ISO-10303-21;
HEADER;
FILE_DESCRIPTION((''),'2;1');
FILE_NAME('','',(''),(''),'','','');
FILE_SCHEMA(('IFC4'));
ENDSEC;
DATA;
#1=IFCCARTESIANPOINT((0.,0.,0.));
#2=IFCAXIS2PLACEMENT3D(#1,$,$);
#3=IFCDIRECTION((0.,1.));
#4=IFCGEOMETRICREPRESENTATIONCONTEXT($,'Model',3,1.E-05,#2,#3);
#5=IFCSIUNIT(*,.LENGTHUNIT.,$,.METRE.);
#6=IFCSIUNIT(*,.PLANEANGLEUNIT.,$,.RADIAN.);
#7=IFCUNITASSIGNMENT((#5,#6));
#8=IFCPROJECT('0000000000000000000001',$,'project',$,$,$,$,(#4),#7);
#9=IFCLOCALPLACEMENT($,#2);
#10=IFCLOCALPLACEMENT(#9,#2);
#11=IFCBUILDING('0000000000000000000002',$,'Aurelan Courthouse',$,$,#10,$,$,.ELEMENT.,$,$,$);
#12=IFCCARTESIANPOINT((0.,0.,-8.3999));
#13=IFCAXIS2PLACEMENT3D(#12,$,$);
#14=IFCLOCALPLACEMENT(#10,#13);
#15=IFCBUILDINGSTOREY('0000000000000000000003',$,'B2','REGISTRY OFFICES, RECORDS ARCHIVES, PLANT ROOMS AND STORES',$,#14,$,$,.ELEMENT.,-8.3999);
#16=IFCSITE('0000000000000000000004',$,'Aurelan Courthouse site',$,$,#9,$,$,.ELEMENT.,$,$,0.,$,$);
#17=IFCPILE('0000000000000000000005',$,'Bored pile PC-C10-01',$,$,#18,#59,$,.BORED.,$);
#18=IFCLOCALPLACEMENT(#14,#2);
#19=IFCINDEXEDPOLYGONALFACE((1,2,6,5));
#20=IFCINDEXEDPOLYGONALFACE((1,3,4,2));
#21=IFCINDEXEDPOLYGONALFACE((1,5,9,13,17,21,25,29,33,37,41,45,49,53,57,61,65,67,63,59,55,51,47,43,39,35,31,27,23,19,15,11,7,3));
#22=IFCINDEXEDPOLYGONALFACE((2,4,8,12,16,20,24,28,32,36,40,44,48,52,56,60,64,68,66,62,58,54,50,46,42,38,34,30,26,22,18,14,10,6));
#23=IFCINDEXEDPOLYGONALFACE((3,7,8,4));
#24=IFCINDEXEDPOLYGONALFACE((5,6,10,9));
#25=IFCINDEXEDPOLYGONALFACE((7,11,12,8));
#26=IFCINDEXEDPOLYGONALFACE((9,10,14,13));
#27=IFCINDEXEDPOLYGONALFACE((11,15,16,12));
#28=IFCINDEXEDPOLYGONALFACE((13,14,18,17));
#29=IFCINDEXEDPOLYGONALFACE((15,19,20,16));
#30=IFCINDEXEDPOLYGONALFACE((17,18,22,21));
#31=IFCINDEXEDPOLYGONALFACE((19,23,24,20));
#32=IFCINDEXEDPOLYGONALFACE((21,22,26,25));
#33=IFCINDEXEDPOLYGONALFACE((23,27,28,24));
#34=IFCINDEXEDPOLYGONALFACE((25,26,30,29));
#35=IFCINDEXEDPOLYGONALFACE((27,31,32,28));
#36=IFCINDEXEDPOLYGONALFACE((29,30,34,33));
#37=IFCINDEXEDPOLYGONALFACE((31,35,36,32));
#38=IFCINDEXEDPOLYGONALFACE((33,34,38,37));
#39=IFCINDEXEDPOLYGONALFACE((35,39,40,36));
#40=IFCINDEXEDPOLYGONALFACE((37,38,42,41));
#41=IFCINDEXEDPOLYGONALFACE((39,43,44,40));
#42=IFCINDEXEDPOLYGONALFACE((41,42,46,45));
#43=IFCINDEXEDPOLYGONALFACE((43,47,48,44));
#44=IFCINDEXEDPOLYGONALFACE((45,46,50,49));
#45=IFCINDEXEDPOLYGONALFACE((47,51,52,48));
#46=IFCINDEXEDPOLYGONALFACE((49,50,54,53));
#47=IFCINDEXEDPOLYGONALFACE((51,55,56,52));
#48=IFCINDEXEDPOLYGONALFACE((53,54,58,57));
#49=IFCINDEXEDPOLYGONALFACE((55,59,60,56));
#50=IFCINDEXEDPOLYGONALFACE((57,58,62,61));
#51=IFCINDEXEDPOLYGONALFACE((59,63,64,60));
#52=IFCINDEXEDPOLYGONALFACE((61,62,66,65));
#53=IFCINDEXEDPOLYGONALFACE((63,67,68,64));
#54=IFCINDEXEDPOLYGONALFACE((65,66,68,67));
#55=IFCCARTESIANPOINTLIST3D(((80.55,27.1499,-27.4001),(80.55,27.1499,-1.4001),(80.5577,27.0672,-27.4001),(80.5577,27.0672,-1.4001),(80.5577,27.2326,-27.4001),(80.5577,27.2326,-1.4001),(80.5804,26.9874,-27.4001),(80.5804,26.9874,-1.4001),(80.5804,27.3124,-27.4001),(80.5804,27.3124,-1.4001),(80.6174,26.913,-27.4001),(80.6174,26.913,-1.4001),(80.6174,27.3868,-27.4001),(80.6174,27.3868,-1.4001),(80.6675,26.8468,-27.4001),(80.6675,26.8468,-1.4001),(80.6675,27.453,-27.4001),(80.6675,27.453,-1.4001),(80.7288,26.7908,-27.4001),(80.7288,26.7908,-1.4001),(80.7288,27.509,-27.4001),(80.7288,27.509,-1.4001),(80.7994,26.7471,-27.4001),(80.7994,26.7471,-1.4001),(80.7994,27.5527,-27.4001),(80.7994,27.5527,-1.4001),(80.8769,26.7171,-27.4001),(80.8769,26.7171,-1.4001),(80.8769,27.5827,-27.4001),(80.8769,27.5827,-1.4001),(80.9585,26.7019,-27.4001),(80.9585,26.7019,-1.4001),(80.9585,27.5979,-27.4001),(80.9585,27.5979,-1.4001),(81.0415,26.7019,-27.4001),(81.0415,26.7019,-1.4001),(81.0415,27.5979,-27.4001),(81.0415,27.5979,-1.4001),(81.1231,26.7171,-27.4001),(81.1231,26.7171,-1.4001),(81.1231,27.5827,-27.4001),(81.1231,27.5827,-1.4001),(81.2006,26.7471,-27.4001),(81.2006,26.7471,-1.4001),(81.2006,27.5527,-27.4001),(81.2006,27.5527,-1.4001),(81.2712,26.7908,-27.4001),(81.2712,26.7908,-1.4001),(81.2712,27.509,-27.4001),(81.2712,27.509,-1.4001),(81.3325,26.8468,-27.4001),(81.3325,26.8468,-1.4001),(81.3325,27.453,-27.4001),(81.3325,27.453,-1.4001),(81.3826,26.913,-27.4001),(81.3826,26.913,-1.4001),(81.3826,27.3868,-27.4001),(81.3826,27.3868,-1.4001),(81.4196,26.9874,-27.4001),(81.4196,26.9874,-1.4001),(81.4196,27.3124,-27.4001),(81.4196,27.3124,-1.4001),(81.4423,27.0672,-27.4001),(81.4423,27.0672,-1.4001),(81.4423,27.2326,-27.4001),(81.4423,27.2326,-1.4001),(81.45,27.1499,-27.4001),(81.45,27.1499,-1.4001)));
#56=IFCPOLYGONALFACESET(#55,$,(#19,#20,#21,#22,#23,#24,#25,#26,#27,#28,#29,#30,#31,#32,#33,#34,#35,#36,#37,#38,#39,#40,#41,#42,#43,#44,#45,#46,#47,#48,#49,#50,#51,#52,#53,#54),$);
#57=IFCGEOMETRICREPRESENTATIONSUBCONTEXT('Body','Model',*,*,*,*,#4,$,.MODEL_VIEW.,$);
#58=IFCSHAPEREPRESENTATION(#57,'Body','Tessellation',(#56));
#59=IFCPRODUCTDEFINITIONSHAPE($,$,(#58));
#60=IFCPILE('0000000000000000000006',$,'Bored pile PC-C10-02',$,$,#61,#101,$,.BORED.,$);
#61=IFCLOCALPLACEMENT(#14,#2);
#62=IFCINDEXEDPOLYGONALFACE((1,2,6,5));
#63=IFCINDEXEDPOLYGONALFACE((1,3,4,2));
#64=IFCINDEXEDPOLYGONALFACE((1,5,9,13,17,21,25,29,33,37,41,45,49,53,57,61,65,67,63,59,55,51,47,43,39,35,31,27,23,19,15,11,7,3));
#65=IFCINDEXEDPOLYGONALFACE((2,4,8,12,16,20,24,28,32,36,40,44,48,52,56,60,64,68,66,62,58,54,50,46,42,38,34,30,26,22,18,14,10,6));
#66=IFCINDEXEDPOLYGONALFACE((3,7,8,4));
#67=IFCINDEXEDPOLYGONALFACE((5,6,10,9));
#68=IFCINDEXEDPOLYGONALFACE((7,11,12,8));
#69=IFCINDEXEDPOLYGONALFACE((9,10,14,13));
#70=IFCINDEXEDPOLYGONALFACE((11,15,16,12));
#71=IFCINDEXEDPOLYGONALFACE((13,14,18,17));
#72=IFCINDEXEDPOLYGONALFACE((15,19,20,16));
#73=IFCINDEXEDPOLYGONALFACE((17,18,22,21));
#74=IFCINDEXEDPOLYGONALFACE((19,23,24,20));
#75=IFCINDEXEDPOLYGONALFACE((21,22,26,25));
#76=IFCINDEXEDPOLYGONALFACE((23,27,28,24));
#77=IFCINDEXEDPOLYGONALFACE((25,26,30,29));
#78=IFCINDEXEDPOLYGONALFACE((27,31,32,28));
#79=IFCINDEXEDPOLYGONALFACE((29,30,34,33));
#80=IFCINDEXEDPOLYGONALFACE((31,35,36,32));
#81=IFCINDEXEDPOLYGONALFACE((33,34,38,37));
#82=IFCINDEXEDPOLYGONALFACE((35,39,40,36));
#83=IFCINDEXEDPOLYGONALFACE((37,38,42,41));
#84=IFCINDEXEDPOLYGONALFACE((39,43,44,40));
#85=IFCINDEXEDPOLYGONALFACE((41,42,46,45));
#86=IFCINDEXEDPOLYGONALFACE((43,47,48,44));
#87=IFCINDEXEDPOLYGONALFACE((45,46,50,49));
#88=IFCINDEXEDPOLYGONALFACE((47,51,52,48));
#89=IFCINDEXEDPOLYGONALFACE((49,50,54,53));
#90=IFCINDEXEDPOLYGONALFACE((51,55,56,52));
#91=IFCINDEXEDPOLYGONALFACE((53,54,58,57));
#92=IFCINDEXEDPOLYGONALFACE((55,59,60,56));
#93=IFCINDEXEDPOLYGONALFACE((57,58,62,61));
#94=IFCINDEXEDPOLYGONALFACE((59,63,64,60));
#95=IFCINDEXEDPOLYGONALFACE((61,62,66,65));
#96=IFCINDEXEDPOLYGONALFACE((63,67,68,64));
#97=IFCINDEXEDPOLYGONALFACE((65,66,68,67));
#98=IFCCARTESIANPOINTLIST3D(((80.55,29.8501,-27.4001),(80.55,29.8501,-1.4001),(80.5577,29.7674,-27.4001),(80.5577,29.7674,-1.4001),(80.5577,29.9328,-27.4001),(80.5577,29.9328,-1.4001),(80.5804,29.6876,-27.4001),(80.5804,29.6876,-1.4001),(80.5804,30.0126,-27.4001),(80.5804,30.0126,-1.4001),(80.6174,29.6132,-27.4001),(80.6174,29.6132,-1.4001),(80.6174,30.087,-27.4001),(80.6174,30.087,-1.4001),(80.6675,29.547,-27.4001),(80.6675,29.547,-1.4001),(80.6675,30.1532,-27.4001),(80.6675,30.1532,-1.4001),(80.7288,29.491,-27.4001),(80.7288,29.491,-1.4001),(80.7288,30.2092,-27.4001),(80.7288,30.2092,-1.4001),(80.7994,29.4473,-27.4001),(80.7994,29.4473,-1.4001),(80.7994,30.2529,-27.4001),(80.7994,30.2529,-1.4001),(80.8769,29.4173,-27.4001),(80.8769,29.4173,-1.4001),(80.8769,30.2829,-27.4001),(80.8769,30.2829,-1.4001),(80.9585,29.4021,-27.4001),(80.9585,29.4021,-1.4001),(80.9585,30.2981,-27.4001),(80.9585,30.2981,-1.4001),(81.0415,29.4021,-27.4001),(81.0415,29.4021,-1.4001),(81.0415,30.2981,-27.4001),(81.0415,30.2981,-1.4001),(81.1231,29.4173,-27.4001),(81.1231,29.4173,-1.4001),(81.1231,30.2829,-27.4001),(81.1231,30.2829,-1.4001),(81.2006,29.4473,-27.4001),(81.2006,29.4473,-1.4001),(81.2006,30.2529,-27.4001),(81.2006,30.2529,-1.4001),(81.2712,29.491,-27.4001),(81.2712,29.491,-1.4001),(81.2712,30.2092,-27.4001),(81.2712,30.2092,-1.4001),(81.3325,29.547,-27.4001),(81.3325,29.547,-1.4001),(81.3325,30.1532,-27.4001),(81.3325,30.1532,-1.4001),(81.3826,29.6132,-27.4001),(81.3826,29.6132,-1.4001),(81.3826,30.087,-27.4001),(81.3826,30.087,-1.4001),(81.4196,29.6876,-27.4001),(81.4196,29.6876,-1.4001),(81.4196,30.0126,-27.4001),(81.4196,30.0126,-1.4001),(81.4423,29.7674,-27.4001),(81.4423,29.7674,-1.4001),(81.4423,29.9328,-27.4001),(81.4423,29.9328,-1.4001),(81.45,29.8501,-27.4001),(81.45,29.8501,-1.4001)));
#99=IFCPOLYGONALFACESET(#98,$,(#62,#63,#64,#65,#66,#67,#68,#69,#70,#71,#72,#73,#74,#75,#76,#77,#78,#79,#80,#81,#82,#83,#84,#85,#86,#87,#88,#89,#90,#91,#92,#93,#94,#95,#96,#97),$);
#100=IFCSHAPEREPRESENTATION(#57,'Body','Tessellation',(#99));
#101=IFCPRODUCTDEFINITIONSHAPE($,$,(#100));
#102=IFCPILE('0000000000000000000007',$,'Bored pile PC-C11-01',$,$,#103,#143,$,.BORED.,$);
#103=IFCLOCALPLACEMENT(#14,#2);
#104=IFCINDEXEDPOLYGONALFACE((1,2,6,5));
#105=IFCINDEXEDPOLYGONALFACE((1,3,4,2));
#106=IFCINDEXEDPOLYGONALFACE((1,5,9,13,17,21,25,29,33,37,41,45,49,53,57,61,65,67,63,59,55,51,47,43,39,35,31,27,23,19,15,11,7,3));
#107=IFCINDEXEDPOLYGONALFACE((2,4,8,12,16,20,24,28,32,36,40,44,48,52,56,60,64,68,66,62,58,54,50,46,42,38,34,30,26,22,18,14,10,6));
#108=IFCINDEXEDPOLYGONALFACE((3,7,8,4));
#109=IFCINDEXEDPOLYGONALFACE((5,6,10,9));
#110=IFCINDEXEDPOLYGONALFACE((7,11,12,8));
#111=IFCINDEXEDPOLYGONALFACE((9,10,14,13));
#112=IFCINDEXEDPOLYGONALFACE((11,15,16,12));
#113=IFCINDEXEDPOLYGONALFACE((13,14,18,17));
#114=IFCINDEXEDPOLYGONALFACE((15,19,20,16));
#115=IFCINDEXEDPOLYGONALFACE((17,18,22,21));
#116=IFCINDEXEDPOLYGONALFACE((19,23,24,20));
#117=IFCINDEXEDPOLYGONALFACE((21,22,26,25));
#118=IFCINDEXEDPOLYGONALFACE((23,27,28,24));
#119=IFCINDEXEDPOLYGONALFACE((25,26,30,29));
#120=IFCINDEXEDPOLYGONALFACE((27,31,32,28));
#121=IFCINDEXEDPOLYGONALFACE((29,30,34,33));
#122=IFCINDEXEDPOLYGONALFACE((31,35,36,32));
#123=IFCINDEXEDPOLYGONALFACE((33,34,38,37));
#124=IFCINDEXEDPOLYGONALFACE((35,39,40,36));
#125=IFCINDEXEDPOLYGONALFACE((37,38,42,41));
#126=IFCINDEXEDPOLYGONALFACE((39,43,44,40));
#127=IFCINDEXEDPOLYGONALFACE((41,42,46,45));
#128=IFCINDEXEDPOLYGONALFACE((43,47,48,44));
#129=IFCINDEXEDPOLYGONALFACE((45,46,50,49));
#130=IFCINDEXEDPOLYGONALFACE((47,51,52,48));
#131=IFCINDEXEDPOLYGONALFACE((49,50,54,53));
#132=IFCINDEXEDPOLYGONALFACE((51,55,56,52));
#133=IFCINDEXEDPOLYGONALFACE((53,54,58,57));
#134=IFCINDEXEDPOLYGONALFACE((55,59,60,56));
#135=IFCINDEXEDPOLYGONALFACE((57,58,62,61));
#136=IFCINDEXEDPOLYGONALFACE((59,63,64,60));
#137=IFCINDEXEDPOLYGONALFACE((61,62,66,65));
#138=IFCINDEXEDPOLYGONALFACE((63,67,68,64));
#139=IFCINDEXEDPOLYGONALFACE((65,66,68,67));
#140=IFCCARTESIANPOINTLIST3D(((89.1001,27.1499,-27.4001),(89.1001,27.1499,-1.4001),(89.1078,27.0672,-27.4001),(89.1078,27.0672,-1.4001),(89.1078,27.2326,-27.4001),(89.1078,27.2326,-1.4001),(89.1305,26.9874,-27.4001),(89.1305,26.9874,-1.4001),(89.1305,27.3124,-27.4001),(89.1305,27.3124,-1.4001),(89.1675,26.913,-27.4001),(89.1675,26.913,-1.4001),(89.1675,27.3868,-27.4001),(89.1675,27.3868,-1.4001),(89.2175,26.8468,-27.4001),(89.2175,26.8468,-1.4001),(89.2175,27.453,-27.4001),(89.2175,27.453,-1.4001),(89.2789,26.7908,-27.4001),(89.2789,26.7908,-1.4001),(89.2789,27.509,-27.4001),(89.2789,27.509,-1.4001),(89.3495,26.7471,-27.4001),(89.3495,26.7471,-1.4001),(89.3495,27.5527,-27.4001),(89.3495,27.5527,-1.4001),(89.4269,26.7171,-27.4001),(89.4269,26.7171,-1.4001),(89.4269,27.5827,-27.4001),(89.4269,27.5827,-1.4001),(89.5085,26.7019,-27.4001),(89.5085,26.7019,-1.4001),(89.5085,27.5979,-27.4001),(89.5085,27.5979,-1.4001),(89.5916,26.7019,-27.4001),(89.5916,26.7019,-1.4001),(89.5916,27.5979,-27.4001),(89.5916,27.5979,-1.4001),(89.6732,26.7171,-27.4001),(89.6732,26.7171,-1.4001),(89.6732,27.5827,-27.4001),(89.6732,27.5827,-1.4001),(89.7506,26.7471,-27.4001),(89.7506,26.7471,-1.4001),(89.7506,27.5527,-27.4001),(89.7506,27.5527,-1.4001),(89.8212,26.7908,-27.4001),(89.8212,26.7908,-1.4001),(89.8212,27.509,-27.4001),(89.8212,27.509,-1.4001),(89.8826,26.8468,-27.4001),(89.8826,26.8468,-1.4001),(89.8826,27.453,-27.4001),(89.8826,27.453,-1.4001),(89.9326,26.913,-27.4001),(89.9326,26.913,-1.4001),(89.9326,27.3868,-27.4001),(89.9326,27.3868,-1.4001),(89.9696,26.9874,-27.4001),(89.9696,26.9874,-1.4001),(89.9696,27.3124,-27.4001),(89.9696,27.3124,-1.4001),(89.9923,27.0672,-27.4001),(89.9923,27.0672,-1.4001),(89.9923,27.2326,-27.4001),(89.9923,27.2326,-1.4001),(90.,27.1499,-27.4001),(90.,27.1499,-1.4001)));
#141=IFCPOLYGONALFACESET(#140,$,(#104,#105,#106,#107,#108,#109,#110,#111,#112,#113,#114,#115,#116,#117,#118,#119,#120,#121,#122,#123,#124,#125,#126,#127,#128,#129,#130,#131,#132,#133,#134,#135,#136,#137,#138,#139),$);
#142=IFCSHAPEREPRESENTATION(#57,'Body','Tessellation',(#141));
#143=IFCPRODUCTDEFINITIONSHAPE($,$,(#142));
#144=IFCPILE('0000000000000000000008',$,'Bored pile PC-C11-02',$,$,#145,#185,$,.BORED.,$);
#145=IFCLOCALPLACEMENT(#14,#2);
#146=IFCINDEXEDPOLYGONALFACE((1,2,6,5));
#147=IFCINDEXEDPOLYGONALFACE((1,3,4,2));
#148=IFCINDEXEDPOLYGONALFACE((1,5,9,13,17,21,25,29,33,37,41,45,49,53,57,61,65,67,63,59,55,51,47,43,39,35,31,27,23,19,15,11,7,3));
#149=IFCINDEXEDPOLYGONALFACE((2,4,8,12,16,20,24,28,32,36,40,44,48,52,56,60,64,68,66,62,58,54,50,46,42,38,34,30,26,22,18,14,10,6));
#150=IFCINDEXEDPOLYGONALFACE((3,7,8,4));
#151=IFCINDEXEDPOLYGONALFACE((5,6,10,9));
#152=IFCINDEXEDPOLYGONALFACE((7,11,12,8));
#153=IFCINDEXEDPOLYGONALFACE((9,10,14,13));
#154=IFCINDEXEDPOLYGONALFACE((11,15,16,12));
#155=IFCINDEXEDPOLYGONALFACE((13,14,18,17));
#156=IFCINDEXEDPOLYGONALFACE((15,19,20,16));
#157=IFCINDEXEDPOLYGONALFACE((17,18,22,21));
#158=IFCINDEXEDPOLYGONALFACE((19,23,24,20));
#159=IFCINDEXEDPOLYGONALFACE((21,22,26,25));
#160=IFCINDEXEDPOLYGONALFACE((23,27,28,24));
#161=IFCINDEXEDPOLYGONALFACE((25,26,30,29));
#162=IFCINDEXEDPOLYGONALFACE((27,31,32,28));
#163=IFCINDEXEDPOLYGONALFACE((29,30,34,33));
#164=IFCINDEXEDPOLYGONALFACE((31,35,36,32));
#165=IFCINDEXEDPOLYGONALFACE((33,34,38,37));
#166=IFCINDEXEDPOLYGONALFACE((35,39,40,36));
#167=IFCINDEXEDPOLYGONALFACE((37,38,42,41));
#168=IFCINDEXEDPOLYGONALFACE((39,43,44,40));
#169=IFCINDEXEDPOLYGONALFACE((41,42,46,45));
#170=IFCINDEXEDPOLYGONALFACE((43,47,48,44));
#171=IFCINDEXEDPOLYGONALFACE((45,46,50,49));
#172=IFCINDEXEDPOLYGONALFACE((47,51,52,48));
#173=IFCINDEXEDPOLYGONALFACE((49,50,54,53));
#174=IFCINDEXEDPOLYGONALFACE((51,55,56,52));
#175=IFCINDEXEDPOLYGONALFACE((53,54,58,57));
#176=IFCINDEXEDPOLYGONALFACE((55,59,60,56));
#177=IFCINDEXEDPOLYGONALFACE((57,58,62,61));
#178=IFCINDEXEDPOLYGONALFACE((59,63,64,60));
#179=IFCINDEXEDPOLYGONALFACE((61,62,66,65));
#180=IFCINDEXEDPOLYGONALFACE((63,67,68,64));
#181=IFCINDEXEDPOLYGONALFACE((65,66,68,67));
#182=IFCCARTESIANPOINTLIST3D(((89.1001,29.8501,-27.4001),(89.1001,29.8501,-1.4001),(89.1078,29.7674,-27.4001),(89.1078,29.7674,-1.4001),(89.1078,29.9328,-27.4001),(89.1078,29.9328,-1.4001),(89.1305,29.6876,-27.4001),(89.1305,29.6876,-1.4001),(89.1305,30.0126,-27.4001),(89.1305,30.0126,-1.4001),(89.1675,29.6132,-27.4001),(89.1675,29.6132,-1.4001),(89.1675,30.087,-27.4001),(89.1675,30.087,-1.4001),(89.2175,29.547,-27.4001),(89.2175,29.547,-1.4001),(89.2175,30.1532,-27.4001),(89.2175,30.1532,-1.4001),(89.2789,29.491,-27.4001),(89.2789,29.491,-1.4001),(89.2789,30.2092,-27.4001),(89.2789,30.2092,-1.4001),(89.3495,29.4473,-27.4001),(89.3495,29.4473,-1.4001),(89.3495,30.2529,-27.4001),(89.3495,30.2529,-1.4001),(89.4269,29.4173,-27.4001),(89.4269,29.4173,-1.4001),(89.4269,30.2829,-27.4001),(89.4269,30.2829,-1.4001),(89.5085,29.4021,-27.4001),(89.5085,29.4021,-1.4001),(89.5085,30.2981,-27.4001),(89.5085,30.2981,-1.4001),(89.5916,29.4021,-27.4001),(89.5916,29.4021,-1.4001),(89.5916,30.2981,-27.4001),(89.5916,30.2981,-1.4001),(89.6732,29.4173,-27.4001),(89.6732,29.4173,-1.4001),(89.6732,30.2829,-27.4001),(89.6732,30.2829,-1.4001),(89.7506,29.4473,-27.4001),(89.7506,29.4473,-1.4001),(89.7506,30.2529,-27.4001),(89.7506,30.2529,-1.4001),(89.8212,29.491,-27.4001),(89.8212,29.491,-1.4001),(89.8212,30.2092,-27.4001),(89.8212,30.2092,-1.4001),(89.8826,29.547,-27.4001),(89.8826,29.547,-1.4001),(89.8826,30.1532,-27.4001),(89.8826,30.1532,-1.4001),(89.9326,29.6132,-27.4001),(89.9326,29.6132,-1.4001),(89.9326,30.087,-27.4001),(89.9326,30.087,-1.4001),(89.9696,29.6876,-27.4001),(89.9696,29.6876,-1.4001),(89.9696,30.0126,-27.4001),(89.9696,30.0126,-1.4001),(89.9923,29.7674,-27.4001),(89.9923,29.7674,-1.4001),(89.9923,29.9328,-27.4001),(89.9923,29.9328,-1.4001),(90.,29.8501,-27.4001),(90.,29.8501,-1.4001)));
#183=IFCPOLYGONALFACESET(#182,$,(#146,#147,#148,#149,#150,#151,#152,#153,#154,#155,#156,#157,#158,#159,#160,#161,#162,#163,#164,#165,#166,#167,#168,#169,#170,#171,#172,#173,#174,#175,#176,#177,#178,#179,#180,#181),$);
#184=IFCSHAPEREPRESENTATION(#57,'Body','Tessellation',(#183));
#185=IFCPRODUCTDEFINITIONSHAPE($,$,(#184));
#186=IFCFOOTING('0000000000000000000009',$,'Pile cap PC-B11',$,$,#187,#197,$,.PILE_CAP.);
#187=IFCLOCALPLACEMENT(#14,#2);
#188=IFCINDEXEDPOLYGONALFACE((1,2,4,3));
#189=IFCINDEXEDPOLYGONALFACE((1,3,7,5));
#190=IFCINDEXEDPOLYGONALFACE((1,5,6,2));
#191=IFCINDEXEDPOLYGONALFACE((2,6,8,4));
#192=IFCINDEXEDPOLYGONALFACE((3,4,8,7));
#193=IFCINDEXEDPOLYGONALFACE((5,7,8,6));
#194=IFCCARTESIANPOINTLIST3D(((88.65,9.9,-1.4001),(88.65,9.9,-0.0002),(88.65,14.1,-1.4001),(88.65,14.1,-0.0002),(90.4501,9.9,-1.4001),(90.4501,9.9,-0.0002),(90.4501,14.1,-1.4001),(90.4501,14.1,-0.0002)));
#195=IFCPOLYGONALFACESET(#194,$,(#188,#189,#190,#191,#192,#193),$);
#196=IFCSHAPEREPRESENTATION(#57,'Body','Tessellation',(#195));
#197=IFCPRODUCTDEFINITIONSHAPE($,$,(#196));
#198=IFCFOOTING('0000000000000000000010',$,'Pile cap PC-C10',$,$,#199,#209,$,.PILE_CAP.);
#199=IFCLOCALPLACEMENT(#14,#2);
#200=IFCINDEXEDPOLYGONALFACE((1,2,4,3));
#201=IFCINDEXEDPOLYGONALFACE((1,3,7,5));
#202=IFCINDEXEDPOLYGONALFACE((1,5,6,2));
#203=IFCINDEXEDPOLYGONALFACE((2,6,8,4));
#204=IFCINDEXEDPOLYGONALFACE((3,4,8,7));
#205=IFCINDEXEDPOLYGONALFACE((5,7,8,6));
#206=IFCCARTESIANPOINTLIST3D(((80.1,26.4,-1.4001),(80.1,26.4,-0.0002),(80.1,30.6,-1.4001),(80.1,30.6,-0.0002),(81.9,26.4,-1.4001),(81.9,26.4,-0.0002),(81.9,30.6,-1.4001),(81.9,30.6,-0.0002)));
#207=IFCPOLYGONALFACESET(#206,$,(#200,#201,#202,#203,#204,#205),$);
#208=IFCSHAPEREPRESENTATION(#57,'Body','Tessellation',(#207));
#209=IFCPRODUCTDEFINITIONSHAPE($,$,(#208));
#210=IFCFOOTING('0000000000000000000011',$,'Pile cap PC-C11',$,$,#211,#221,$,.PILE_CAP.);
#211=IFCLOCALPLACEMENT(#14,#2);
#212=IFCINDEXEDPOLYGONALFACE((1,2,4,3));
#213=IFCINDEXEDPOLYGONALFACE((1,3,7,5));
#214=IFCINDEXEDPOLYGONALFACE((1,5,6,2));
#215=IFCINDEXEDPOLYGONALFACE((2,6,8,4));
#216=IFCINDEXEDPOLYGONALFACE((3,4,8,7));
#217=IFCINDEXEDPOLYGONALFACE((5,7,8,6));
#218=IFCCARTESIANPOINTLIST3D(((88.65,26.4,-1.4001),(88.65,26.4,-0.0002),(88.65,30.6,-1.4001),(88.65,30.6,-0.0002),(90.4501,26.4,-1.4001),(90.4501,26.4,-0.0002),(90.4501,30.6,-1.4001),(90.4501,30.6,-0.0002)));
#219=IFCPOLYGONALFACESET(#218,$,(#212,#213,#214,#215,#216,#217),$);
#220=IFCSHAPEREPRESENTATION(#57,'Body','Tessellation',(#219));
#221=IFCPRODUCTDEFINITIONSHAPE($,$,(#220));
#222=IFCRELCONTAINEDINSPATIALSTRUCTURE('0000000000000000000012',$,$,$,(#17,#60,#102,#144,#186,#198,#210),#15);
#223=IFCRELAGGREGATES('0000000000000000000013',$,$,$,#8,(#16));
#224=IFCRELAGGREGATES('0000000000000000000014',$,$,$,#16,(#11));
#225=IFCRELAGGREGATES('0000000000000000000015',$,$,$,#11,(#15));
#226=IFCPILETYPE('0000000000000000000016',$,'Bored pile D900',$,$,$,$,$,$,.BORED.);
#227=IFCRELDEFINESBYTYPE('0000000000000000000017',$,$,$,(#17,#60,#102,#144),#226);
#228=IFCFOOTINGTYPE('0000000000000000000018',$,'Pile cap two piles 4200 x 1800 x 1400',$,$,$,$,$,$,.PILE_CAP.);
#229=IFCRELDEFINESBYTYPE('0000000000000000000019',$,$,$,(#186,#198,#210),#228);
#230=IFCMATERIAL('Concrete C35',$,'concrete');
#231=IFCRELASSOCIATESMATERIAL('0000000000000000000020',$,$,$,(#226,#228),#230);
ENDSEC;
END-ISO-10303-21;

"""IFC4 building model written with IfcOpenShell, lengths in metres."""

from ifc_helpers import new_model, si_unit, direction, frame, origin, origin_2d, place, context, subcontext, project, spatial, rectangle, circle, extrude, material, material_profile, profile_set, type_object, element, save


model = new_model("IFC4")

# Units and contexts
model_context = context("Model", 3, precision=1e-05, world=origin(), true_north=direction((0.0, 1.0)))
body_context = subcontext(model_context, "Body", "Model", "MODEL_VIEW")
ifc_project = project(units=[si_unit("LENGTHUNIT", "METRE"), si_unit("PLANEANGLEUNIT", "RADIAN")], contexts=[model_context])

# Site, building, storey
site_placement = place(None, origin())
site = spatial("IfcSite", under=ifc_project, at=site_placement, Name="Aurelan Courthouse site", CompositionType="ELEMENT", RefElevation=0.0)
building_placement = place(site_placement, origin())
building = spatial("IfcBuilding", under=site, at=building_placement, Name="Aurelan Courthouse", CompositionType="ELEMENT")
storey_placement = place(building_placement, frame((0.0, 0.0, -8.3999)))
storey = spatial("IfcBuildingStorey", under=building, at=storey_placement, Name="B2", Description="REGISTRY OFFICES, RECORDS ARCHIVES, PLANT ROOMS AND STORES", CompositionType="ELEMENT", Elevation=-8.3999)

# Piles
ifc_material_1 = material(Name="Concrete C35", Category="concrete")
ifc_material_profile_1 = material_profile(ifc_material_1, circle(Radius=0.45, at=origin_2d()), Name="D900")
ifc_profile_set_1 = profile_set([ifc_material_profile_1], Name="Concrete C35")
pile_type_1 = type_object("IfcPileType", Name="Bored pile D900", PredefinedType="BORED", material=ifc_profile_set_1)
for number, where, z_axis, x_axis, name in (
    (1, (81.0, 27.1499, -1.4001), (0.0, 0.0, -1.0), (1.0, 0.0, 0.0), "Bored pile PC-C10-01"),
    (2, (81.0, 29.8501, -1.4001), (0.0, 0.0, -1.0), (1.0, 0.0, 0.0), "Bored pile PC-C10-02"),
    (3, (89.55, 27.1499, -1.4001), (0.0, 0.0, -1.0), (1.0, 0.0, 0.0), "Bored pile PC-C11-01"),
    (4, (89.55, 29.8501, -1.4001), (0.0, 0.0, -1.0), (1.0, 0.0, 0.0), "Bored pile PC-C11-02"),
):
    element("IfcPile", number, at=place(storey_placement, frame(where, z_axis=z_axis, x_axis=x_axis)), inside=storey, type_object=pile_type_1, Name=name, PredefinedType="BORED", context=body_context, shape_type="SweptSolid", body=[
        extrude(circle(Radius=0.45, at=origin_2d()), origin(), (0.0, 0.0, 1.0), 26.0),
    ])

# Footings
footing_type_1 = type_object("IfcFootingType", Name="Pile cap two piles 4200 x 1800 x 1400", PredefinedType="PILE_CAP", material=ifc_material_1)
for number, where, z_axis, x_axis, name in (
    (5, (89.55, 12.0, -1.4001), (0.0, 0.0, 1.0), (0.0, 1.0, 0.0), "Pile cap PC-B11"),
    (6, (81.0, 28.5, -1.4001), (0.0, 0.0, 1.0), (0.0, 1.0, 0.0), "Pile cap PC-C10"),
    (7, (89.55, 28.5, -1.4001), (0.0, 0.0, 1.0), (0.0, 1.0, 0.0), "Pile cap PC-C11"),
):
    element("IfcFooting", number, at=place(storey_placement, frame(where, z_axis=z_axis, x_axis=x_axis)), inside=storey, type_object=footing_type_1, Name=name, PredefinedType="PILE_CAP", context=body_context, shape_type="SweptSolid", body=[
        extrude(rectangle(XDim=4.2, YDim=1.8, at=origin_2d()), origin(), (0.0, 0.0, 1.0), 1.3999),
    ])

save(model, "model.ifc")
